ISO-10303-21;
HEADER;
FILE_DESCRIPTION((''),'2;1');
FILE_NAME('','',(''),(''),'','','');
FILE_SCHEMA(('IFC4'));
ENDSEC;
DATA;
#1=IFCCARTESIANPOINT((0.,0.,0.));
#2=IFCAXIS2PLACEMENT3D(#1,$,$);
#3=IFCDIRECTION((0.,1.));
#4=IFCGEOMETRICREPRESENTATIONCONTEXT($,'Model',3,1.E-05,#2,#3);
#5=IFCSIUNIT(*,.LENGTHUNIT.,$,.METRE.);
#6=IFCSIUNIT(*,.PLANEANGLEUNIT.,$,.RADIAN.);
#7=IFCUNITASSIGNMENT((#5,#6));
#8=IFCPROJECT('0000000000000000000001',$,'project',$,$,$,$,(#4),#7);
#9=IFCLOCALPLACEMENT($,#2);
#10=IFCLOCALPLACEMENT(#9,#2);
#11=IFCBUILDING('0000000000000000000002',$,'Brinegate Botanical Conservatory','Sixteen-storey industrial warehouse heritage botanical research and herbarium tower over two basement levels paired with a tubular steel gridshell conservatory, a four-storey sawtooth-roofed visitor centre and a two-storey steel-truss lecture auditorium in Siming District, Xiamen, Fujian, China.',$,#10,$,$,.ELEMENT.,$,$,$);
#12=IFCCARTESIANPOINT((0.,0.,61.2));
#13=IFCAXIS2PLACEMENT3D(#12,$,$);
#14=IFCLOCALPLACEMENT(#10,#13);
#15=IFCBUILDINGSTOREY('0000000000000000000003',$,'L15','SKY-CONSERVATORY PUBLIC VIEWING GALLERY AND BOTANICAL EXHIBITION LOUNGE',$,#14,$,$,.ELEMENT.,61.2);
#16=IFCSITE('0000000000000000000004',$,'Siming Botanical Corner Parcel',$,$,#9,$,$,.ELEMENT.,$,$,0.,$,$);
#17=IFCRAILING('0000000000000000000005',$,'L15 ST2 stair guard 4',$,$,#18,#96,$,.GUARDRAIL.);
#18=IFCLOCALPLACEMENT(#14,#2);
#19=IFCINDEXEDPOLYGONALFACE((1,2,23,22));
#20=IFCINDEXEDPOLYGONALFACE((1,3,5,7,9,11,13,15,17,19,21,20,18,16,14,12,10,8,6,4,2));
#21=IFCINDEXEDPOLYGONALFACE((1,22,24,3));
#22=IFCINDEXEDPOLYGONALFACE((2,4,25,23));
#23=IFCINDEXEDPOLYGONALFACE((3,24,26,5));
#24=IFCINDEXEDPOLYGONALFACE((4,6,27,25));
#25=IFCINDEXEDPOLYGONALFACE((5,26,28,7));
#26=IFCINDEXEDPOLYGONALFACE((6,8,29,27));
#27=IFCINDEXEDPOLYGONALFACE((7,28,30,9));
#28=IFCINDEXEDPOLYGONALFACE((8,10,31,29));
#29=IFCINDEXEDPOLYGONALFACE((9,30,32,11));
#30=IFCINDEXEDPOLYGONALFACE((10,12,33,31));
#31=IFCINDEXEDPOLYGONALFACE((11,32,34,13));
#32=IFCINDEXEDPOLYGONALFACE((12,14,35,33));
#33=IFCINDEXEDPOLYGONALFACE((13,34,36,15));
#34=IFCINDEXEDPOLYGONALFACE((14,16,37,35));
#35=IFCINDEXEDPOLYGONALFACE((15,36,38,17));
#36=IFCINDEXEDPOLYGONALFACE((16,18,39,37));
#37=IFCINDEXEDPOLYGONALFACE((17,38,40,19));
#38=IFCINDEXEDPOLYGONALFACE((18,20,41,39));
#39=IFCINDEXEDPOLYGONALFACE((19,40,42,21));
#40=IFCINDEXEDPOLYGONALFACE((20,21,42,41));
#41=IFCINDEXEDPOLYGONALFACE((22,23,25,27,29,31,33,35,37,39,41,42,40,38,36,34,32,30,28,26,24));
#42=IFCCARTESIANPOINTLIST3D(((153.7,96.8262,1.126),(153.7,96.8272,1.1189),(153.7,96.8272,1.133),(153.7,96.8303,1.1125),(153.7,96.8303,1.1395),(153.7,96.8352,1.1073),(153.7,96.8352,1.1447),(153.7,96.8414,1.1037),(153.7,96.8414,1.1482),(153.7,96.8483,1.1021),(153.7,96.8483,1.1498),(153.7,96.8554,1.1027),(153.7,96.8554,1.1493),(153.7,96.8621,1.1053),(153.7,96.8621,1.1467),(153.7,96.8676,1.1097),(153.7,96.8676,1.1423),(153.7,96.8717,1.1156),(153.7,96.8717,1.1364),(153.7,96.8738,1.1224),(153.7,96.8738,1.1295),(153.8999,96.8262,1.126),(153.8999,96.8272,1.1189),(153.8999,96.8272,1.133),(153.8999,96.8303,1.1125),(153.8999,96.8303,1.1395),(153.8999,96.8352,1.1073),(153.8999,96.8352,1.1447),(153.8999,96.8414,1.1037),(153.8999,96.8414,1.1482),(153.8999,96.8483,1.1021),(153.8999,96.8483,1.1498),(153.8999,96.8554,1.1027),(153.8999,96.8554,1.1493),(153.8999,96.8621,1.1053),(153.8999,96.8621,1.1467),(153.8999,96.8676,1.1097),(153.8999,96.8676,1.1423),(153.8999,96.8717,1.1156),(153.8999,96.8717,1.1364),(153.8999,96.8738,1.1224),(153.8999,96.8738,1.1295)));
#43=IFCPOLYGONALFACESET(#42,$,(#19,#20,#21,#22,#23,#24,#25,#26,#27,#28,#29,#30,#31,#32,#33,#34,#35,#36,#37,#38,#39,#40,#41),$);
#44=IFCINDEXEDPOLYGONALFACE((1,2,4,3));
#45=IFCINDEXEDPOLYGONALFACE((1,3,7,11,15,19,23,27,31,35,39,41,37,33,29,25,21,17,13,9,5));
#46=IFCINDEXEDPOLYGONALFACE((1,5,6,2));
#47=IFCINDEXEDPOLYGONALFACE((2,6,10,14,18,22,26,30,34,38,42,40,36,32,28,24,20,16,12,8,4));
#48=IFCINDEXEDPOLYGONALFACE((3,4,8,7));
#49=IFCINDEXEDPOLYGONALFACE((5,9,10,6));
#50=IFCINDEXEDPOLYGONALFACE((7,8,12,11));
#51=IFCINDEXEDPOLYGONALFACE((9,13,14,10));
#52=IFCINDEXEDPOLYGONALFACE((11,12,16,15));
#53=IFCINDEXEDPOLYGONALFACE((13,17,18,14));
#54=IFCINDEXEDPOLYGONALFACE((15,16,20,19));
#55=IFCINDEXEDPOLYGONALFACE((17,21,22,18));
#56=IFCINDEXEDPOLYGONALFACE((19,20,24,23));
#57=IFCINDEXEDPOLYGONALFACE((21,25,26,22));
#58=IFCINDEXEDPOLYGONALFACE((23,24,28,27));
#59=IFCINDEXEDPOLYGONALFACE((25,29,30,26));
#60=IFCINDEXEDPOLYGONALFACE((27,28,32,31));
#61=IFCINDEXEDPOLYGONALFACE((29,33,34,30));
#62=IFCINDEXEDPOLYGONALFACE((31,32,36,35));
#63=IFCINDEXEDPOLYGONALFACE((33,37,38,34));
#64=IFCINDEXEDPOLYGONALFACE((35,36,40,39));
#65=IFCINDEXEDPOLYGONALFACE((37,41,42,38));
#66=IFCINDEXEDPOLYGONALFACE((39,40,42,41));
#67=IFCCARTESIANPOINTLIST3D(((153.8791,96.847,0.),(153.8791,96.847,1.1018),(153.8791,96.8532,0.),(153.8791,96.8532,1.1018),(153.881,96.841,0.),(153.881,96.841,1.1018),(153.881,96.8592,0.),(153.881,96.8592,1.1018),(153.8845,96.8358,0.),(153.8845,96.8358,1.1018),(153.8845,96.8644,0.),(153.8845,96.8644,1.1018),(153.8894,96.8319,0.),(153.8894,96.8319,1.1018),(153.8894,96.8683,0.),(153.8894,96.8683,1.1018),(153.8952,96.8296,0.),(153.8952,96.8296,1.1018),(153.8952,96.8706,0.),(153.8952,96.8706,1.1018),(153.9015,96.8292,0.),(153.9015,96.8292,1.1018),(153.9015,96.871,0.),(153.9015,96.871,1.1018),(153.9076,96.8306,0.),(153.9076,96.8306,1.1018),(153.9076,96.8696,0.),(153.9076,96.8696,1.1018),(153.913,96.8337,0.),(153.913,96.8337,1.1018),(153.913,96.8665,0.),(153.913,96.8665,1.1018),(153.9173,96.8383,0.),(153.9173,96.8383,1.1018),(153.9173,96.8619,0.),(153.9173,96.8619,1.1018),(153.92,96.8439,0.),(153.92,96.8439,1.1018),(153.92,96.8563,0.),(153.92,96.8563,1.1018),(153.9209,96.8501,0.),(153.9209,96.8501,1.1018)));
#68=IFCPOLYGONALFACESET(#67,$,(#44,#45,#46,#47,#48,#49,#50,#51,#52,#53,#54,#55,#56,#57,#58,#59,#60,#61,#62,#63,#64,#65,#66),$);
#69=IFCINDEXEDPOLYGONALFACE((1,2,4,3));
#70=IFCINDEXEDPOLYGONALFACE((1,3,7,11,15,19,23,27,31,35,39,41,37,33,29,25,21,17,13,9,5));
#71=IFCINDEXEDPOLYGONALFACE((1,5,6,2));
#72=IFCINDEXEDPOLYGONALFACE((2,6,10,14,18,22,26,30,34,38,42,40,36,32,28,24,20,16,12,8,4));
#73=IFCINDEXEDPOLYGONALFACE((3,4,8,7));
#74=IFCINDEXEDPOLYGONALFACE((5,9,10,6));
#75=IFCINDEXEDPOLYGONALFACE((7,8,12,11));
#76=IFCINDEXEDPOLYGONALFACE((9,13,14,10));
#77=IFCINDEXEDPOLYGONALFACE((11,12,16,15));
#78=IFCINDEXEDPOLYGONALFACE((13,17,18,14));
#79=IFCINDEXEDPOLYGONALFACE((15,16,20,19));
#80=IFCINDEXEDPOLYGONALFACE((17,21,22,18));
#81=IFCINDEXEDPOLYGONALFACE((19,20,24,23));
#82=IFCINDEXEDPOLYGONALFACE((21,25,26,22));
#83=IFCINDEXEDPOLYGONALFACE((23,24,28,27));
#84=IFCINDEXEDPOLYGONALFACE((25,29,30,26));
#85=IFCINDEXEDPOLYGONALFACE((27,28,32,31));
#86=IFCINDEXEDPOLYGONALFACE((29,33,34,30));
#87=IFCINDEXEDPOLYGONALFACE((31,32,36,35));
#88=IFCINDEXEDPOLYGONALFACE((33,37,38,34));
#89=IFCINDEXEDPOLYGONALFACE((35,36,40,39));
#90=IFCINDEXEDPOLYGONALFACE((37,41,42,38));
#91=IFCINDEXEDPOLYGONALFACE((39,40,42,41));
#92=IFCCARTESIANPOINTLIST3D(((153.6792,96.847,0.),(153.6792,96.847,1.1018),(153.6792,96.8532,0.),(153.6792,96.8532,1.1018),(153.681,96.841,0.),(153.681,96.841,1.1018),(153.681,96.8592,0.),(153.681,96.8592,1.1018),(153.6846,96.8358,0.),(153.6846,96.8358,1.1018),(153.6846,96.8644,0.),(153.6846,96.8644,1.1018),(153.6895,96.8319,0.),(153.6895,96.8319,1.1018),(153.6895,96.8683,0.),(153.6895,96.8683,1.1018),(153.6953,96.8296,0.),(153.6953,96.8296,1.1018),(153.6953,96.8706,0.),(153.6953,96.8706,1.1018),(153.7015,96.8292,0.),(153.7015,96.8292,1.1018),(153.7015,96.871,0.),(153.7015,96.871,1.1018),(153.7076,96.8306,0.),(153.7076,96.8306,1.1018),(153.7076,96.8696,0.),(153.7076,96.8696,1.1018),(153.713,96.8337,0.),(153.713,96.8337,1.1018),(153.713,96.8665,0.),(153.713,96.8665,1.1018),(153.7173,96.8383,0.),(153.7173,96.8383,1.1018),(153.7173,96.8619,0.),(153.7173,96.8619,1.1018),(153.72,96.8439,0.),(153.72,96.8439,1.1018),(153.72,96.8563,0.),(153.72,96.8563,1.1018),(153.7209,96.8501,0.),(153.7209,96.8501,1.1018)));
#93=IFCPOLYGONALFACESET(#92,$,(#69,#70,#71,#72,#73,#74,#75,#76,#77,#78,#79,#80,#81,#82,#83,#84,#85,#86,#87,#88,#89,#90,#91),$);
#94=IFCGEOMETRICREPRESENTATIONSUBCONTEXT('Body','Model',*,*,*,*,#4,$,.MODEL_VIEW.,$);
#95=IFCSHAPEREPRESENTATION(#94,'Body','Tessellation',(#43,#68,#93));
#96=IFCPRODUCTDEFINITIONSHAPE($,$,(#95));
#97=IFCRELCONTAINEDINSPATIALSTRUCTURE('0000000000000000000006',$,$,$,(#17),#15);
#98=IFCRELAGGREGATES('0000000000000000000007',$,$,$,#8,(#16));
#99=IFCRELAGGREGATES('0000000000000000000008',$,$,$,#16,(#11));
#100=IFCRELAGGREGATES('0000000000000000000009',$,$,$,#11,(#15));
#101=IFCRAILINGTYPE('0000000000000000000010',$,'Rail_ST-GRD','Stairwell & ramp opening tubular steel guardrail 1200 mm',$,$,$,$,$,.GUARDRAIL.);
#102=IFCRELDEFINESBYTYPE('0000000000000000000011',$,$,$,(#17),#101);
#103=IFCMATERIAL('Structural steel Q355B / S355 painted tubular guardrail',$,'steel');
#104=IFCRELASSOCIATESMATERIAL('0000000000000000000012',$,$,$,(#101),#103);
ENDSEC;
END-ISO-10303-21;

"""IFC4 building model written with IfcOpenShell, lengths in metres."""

from ifc_helpers import new_model, si_unit, direction, frame, origin, origin_2d, place, context, subcontext, project, spatial, circle, extrude, material, type_object, element, save


model = new_model("IFC4")

# Units and contexts
model_context = context("Model", 3, precision=1e-05, world=origin(), true_north=direction((0.0, 1.0)))
body_context = subcontext(model_context, "Body", "Model", "MODEL_VIEW")
ifc_project = project(units=[si_unit("LENGTHUNIT", "METRE"), si_unit("PLANEANGLEUNIT", "RADIAN")], contexts=[model_context])

# Site, building, storey
site_placement = place(None, origin())
site = spatial("IfcSite", under=ifc_project, at=site_placement, Name="Siming Botanical Corner Parcel", CompositionType="ELEMENT", RefElevation=0.0)
building_placement = place(site_placement, origin())
building = spatial("IfcBuilding", under=site, at=building_placement, Name="Brinegate Botanical Conservatory", Description="Sixteen-storey industrial warehouse heritage botanical research and herbarium tower over two basement levels paired with a tubular steel gridshell conservatory, a four-storey sawtooth-roofed visitor centre and a two-storey steel-truss lecture auditorium in Siming District, Xiamen, Fujian, China.", CompositionType="ELEMENT")
storey_placement = place(building_placement, frame((0.0, 0.0, 61.2)))
storey = spatial("IfcBuildingStorey", under=building, at=storey_placement, Name="L15", Description="SKY-CONSERVATORY PUBLIC VIEWING GALLERY AND BOTANICAL EXHIBITION LOUNGE", CompositionType="ELEMENT", Elevation=61.2)

# Railing
ifc_material_1 = material(Name="Structural steel Q355B / S355 painted tubular guardrail", Category="steel")
railing_type = type_object("IfcRailingType", Name="Rail_ST-GRD", Description="Stairwell & ramp opening tubular steel guardrail 1200 mm", PredefinedType="GUARDRAIL", material=ifc_material_1)
railing_1_placement = place(storey_placement, frame((153.8999, 96.8501, 0.0)))
element("IfcRailing", 1, at=railing_1_placement, inside=storey, type_object=railing_type, Name="L15 ST2 stair guard 4", PredefinedType="GUARDRAIL", context=body_context, shape_type="SweptSolid", body=[
    extrude(circle(Radius=0.0239, at=origin_2d()), frame((0.0, 0.0, 1.126), z_axis=(-1.0, 0.0, 0.0), x_axis=(0.0, -1.0, 0.0)), (0.0, 0.0, 1.0), 0.2),
    extrude(circle(Radius=0.021, at=origin_2d()), origin(), (0.0, 0.0, 1.0), 1.1018),
    extrude(circle(Radius=0.021, at=origin_2d()), frame((-0.2, 0.0, 0.0)), (0.0, 0.0, 1.0), 1.1018),
])

save(model, "model.ifc")
